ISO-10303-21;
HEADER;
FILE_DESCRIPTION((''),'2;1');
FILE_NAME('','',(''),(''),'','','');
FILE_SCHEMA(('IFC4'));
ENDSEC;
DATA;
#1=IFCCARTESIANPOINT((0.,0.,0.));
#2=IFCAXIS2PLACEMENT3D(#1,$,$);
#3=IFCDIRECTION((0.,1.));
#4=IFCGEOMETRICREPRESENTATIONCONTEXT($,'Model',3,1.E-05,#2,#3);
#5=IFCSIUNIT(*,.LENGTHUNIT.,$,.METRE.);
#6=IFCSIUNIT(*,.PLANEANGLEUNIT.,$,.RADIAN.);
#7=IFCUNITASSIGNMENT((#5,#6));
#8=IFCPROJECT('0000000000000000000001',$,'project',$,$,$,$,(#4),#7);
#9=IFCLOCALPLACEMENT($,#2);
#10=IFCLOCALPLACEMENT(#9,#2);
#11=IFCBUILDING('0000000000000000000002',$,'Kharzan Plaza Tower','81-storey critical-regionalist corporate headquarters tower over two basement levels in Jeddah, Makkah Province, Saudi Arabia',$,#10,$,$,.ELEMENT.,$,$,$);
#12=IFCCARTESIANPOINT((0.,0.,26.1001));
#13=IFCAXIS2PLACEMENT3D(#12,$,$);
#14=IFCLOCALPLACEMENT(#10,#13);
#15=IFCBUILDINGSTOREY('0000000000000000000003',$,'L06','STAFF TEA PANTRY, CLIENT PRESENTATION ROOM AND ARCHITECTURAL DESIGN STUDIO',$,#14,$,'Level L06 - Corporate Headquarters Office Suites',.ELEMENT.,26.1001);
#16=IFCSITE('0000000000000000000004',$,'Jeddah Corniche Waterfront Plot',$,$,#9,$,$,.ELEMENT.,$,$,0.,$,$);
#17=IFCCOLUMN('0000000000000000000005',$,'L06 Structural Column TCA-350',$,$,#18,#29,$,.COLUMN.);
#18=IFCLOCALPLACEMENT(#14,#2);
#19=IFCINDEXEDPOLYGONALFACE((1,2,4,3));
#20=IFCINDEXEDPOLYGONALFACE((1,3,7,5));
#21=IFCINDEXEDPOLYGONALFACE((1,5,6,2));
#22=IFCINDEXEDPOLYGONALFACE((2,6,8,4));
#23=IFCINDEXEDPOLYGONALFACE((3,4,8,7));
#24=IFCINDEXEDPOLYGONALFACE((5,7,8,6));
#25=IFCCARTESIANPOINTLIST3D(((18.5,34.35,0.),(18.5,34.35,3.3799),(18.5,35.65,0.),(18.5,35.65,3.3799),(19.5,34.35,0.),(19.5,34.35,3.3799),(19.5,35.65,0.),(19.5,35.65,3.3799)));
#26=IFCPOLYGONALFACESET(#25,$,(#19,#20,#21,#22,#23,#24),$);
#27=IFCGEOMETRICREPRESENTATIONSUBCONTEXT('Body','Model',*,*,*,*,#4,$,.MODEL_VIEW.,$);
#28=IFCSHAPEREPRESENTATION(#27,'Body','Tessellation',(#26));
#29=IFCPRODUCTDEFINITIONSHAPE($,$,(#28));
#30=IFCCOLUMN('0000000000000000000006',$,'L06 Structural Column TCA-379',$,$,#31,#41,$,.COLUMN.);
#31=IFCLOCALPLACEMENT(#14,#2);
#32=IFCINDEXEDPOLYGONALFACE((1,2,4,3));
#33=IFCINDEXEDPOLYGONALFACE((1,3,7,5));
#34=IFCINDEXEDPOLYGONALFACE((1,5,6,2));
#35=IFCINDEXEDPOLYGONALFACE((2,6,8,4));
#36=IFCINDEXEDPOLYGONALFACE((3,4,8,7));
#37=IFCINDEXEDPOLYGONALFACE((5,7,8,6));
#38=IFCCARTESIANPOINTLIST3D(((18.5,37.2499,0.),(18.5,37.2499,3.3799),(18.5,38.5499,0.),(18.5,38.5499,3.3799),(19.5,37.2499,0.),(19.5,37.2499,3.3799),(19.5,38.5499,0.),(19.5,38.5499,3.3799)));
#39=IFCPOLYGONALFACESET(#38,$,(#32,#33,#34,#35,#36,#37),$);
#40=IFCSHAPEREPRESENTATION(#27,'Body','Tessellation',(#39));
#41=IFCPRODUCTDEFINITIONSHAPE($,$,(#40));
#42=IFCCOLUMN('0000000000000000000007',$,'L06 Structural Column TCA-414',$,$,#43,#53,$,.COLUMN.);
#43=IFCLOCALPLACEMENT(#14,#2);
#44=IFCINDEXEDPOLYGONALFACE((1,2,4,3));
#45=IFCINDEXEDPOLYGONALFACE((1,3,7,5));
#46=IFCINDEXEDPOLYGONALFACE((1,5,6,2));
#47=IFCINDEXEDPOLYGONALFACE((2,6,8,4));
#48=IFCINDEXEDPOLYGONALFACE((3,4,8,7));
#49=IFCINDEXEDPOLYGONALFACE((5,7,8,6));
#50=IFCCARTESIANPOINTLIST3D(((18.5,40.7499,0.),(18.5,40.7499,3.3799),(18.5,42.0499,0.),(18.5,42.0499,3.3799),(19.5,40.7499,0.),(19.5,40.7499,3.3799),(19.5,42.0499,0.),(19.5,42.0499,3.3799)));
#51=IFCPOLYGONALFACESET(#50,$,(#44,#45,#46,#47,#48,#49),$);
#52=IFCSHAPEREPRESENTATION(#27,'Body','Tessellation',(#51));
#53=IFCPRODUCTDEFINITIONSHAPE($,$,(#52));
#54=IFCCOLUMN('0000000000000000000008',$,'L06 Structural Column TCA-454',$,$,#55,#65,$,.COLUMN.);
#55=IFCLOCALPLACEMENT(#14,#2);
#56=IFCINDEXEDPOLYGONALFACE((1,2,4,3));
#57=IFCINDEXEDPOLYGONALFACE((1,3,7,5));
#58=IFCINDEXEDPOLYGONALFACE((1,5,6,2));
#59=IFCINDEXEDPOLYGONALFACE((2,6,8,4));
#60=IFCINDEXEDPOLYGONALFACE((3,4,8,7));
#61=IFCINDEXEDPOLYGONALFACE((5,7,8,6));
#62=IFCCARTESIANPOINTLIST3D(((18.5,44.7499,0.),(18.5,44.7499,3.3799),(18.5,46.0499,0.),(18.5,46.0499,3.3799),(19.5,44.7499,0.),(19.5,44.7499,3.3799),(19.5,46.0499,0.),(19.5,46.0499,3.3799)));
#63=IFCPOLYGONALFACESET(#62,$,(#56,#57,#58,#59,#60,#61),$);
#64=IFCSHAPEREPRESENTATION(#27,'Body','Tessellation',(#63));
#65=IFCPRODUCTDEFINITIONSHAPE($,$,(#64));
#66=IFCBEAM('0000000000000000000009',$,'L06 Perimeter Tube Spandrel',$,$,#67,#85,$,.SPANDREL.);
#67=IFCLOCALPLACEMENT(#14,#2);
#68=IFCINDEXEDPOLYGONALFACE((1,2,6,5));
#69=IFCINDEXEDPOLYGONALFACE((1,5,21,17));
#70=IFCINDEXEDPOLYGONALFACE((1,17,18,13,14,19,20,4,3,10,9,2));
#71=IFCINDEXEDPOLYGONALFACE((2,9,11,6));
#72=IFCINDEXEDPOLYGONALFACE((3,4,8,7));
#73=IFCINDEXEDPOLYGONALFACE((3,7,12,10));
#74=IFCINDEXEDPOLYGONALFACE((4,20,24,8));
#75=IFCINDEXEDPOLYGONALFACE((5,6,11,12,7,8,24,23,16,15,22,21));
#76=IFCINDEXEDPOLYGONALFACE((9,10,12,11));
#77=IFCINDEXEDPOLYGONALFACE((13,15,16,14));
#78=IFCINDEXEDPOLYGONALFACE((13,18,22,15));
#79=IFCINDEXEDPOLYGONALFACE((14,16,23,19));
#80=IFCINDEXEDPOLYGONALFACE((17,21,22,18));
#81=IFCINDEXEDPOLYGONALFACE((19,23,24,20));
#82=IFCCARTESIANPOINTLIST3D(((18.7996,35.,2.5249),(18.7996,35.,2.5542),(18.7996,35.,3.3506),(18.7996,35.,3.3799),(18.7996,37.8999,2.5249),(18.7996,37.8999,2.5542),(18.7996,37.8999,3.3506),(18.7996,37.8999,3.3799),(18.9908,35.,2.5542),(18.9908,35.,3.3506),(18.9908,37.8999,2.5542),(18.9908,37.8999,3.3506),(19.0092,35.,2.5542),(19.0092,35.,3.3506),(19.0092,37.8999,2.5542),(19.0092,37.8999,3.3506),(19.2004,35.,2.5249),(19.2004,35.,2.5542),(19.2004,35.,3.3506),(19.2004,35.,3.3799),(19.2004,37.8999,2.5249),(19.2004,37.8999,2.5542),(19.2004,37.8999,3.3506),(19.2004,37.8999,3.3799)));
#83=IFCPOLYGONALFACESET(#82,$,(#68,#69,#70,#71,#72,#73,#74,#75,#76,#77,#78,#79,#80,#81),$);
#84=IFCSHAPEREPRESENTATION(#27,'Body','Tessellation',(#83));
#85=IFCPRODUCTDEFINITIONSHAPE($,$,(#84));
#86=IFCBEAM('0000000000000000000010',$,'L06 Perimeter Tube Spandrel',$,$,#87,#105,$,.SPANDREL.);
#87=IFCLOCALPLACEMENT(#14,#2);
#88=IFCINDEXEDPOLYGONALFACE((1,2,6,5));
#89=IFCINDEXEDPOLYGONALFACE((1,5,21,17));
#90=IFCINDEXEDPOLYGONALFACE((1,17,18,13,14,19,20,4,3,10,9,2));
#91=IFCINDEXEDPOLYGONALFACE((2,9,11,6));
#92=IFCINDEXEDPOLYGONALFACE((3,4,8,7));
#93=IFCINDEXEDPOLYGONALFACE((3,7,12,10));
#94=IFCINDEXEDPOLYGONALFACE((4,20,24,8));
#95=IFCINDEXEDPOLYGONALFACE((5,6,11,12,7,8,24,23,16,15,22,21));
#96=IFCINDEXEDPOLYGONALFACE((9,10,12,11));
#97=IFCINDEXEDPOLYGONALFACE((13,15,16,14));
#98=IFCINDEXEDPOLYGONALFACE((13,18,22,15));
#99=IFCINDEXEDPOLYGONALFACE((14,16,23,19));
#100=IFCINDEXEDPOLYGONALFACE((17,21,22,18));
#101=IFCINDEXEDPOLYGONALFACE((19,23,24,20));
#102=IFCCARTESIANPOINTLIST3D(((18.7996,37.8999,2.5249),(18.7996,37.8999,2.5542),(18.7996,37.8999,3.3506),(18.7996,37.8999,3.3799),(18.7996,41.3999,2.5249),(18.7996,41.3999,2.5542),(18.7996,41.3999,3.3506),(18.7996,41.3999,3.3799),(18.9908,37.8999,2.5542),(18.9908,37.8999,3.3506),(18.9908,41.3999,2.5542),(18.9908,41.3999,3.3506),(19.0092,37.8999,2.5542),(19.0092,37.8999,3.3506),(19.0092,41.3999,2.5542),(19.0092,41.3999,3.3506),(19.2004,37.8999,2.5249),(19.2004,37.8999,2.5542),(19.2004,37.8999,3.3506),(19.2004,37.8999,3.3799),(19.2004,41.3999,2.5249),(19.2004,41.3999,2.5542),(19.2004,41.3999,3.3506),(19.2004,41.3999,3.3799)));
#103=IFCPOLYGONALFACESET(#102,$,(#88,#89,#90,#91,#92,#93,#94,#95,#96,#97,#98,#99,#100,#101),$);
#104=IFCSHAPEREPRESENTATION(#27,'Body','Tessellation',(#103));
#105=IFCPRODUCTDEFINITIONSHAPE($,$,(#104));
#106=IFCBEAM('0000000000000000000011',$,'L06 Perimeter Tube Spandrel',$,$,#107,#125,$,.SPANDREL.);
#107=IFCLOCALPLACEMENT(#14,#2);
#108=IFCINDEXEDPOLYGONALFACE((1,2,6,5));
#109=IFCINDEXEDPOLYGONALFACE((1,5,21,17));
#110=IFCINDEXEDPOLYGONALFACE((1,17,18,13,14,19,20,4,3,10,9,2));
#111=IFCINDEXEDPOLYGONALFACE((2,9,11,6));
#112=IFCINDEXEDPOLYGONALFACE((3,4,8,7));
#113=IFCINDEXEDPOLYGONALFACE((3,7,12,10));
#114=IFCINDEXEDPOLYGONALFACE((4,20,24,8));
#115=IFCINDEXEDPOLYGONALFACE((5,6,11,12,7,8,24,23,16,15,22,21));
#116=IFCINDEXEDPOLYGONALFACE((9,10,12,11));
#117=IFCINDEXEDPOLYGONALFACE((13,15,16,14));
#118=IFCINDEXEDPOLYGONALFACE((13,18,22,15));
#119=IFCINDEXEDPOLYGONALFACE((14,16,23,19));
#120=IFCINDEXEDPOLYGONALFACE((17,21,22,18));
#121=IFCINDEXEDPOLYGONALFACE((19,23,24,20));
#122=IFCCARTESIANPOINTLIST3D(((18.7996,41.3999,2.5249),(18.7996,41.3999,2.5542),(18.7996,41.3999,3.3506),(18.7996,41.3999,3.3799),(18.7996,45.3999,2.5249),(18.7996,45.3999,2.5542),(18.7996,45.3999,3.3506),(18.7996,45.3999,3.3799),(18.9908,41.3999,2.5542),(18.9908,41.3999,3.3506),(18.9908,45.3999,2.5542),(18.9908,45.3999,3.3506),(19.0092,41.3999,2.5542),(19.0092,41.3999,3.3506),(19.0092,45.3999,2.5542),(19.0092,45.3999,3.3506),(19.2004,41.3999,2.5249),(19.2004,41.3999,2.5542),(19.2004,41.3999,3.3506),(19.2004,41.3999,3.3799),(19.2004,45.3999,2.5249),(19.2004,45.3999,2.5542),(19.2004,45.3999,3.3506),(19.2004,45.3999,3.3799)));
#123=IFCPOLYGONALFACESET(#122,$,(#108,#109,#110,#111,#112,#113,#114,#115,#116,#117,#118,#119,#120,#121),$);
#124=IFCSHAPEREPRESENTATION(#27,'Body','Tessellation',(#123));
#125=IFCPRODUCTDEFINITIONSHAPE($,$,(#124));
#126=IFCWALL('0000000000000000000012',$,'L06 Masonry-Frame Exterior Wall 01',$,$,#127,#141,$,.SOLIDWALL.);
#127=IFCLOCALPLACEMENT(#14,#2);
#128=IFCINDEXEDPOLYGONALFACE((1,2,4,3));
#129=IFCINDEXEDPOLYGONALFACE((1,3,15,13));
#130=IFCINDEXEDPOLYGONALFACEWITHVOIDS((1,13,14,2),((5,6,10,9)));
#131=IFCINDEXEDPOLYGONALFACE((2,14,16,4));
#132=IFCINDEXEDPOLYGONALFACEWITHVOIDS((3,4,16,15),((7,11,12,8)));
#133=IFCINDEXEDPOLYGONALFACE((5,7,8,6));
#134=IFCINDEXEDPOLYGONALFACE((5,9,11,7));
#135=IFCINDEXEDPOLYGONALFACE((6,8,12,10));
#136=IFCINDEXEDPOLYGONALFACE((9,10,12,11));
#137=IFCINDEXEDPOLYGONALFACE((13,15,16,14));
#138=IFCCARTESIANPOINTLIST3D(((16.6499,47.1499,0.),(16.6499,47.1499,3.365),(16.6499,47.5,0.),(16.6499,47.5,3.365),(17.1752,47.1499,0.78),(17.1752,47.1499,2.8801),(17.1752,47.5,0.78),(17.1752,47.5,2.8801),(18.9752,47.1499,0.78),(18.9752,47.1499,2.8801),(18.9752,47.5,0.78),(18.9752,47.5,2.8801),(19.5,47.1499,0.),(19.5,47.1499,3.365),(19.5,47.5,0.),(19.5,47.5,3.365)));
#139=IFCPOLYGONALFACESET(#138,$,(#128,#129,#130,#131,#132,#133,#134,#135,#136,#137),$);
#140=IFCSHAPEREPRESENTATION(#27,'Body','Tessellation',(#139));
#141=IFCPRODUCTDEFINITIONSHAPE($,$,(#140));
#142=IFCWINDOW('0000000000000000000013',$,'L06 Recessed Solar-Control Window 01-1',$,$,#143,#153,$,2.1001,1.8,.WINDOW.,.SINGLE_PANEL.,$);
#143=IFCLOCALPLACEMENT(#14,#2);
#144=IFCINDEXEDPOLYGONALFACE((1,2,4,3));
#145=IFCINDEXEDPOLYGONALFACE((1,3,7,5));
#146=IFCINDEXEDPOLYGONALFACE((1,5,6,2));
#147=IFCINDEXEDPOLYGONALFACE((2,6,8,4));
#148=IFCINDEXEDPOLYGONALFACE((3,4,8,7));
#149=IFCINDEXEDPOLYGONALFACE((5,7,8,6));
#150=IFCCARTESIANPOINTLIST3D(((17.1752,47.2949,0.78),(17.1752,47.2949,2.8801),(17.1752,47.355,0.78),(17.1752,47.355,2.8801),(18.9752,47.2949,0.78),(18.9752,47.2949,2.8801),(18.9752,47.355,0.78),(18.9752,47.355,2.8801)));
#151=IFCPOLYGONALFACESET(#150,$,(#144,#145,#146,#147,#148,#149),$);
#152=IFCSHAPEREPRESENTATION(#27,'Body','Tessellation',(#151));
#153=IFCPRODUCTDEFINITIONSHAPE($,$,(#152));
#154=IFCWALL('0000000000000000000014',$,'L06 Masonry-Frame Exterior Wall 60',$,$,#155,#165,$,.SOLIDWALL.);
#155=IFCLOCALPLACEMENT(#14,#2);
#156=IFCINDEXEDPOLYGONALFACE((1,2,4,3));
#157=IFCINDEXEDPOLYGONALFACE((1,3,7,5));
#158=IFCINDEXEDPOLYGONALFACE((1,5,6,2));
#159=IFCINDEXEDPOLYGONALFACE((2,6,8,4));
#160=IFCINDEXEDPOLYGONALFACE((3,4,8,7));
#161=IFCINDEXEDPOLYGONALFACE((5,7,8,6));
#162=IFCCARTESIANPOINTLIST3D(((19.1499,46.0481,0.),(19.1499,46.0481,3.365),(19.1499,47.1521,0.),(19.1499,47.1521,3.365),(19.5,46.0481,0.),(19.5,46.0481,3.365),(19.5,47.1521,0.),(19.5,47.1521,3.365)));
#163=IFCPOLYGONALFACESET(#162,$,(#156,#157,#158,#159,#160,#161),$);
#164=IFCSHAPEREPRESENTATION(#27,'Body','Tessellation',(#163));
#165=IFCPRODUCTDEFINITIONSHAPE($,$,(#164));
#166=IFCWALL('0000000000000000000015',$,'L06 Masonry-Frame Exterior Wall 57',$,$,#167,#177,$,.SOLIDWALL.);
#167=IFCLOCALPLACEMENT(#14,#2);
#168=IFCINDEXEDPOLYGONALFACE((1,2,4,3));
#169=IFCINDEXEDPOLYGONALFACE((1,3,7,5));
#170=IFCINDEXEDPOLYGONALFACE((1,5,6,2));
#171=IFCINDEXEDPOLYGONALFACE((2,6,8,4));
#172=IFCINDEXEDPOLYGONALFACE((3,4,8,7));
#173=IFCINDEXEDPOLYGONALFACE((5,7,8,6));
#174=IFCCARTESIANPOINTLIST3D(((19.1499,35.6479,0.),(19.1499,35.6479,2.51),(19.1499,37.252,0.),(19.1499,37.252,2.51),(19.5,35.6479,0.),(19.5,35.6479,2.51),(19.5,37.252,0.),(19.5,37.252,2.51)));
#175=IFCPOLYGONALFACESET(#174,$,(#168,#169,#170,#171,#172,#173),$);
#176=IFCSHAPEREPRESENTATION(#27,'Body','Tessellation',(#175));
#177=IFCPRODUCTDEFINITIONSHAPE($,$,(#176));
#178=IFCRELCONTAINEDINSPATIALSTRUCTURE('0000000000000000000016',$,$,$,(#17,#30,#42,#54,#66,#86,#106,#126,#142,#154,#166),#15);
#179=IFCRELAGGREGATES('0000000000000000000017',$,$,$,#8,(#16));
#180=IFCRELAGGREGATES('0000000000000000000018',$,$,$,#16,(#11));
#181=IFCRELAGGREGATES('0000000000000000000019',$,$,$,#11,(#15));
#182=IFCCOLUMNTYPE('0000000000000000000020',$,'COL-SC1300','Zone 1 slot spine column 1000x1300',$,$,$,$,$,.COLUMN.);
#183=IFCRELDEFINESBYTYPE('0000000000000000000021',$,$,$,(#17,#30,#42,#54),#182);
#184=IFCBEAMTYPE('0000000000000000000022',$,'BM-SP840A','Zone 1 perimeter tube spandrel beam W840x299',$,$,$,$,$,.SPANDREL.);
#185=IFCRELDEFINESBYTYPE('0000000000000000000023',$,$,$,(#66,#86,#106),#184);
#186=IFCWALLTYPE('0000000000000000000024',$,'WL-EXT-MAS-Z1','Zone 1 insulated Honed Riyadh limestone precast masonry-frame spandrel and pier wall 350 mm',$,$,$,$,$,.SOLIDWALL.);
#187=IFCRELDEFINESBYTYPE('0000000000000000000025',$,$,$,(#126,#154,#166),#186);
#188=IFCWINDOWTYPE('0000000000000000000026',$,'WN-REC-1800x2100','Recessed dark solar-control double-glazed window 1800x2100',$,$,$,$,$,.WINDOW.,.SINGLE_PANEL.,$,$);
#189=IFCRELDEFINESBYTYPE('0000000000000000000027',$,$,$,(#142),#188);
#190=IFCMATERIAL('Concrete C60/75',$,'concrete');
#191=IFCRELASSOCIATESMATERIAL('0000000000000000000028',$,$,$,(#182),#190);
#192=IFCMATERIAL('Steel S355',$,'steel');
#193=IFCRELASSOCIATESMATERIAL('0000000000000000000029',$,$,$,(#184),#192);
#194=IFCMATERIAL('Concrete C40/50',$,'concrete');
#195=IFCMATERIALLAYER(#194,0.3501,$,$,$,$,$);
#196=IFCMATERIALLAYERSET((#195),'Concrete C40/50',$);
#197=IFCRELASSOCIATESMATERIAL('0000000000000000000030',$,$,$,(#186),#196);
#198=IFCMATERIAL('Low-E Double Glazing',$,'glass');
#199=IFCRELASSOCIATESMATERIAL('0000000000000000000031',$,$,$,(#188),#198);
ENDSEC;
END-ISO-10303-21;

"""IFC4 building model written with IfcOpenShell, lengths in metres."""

from ifc_helpers import new_model, si_unit, direction, frame, frame_2d, origin, origin_2d, place, context, subcontext, project, spatial, rectangle, i_section, extrude, source, transform, mapped, material, layer, layer_set, material_profile, profile_set, type_object, element, fill, save


model = new_model("IFC4")

# Units and contexts
model_context = context("Model", 3, precision=1e-05, world=origin(), true_north=direction((0.0, 1.0)))
body_context = subcontext(model_context, "Body", "Model", "MODEL_VIEW")
ifc_project = project(units=[si_unit("LENGTHUNIT", "METRE"), si_unit("PLANEANGLEUNIT", "RADIAN")], contexts=[model_context])

# Site, building, storey
site_placement = place(None, origin())
site = spatial("IfcSite", under=ifc_project, at=site_placement, Name="Jeddah Corniche Waterfront Plot", CompositionType="ELEMENT", RefElevation=0.0)
building_placement = place(site_placement, origin())
building = spatial("IfcBuilding", under=site, at=building_placement, Name="Kharzan Plaza Tower", Description="81-storey critical-regionalist corporate headquarters tower over two basement levels in Jeddah, Makkah Province, Saudi Arabia", CompositionType="ELEMENT")
storey_placement = place(building_placement, frame((0.0, 0.0, 26.1001)))
storey = spatial("IfcBuildingStorey", under=building, at=storey_placement, Name="L06", Description="STAFF TEA PANTRY, CLIENT PRESENTATION ROOM AND ARCHITECTURAL DESIGN STUDIO", LongName="Level L06 - Corporate Headquarters Office Suites", CompositionType="ELEMENT", Elevation=26.1001)

# Columns
ifc_material_1 = material(Name="Concrete C60/75", Category="concrete")
ifc_material_profile_1 = material_profile(ifc_material_1, rectangle(XDim=1.0, YDim=1.3, at=origin_2d()), Name="RC-SC1300x1000")
ifc_profile_set_1 = profile_set([ifc_material_profile_1], Name="Concrete C60/75")
column_type = type_object("IfcColumnType", Name="COL-SC1300", Description="Zone 1 slot spine column 1000x1300", PredefinedType="COLUMN", material=ifc_profile_set_1)
shared_shape_1 = source(origin(), body_context, "Body", "SweptSolid", [
    extrude(rectangle(XDim=1.0, YDim=1.3, at=origin_2d()), origin(), (0.0, 0.0, 1.0), 3.3799),
])
for number, where, z_axis, x_axis, name in (
    (1, (19.0, 35.0, 0.0), (0.0, 0.0, 1.0), (1.0, 0.0, 0.0), "L06 Structural Column TCA-350"),
    (2, (19.0, 37.8999, 0.0), (0.0, 0.0, 1.0), (1.0, 0.0, 0.0), "L06 Structural Column TCA-379"),
    (3, (19.0, 41.3999, 0.0), (0.0, 0.0, 1.0), (1.0, 0.0, 0.0), "L06 Structural Column TCA-414"),
    (4, (19.0, 45.3999, 0.0), (0.0, 0.0, 1.0), (1.0, 0.0, 0.0), "L06 Structural Column TCA-454"),
):
    element("IfcColumn", number, at=place(storey_placement, frame(where, z_axis=z_axis, x_axis=x_axis)), inside=storey, type_object=column_type, Name=name, PredefinedType="COLUMN", context=body_context, shape_type="MappedRepresentation", body=[
        mapped(shared_shape_1, transform((0.0, 0.0, 0.0), x_axis=(1.0, 0.0, 0.0), y_axis=(0.0, 1.0, 0.0), z_axis=(0.0, 0.0, 1.0))),
    ])

# Beams
ifc_material_2 = material(Name="Steel S355", Category="steel")
ifc_material_profile_2 = material_profile(ifc_material_2, i_section(OverallWidth=0.4009, OverallDepth=0.855, WebThickness=0.0183, FlangeThickness=0.0293, at=origin_2d()), Name="W840x299")
ifc_profile_set_2 = profile_set([ifc_material_profile_2], Name="Steel S355")
beam_type = type_object("IfcBeamType", Name="BM-SP840A", Description="Zone 1 perimeter tube spandrel beam W840x299", PredefinedType="SPANDREL", material=ifc_profile_set_2)
shared_shape_2 = source(origin(), body_context, "Body", "SweptSolid", [
    extrude(i_section(OverallWidth=0.4009, OverallDepth=0.855, WebThickness=0.0183, FlangeThickness=0.0293, at=origin_2d()), origin(), (0.0, 0.0, 1.0), 2.8999),
])
beam_1_placement = place(storey_placement, frame((19.0, 35.0, 2.9524), z_axis=(0.0, 1.0, 0.0), x_axis=(-1.0, 0.0, 0.0)))
element("IfcBeam", 5, at=beam_1_placement, inside=storey, type_object=beam_type, Name="L06 Perimeter Tube Spandrel", PredefinedType="SPANDREL", context=body_context, shape_type="MappedRepresentation", body=[
    mapped(shared_shape_2, transform((0.0, 0.0, 0.0), x_axis=(1.0, 0.0, 0.0), y_axis=(0.0, 1.0, 0.0), z_axis=(0.0, 0.0, 1.0))),
])
shared_shape_3 = source(origin(), body_context, "Body", "SweptSolid", [
    extrude(i_section(OverallWidth=0.4009, OverallDepth=0.855, WebThickness=0.0183, FlangeThickness=0.0293, at=origin_2d()), origin(), (0.0, 0.0, 1.0), 3.5),
])
beam_2_placement = place(storey_placement, frame((19.0, 37.8999, 2.9524), z_axis=(0.0, 1.0, 0.0), x_axis=(-1.0, 0.0, 0.0)))
element("IfcBeam", 6, at=beam_2_placement, inside=storey, type_object=beam_type, Name="L06 Perimeter Tube Spandrel", PredefinedType="SPANDREL", context=body_context, shape_type="MappedRepresentation", body=[
    mapped(shared_shape_3, transform((0.0, 0.0, 0.0), x_axis=(1.0, 0.0, 0.0), y_axis=(0.0, 1.0, 0.0), z_axis=(0.0, 0.0, 1.0))),
])
shared_shape_4 = source(origin(), body_context, "Body", "SweptSolid", [
    extrude(i_section(OverallWidth=0.4009, OverallDepth=0.855, WebThickness=0.0183, FlangeThickness=0.0293, at=origin_2d()), origin(), (0.0, 0.0, 1.0), 4.0),
])
beam_3_placement = place(storey_placement, frame((19.0, 41.3999, 2.9524), z_axis=(0.0, 1.0, 0.0), x_axis=(-1.0, 0.0, 0.0)))
element("IfcBeam", 7, at=beam_3_placement, inside=storey, type_object=beam_type, Name="L06 Perimeter Tube Spandrel", PredefinedType="SPANDREL", context=body_context, shape_type="MappedRepresentation", body=[
    mapped(shared_shape_4, transform((0.0, 0.0, 0.0), x_axis=(1.0, 0.0, 0.0), y_axis=(0.0, 1.0, 0.0), z_axis=(0.0, 0.0, 1.0))),
])

# Wall, opening, window
ifc_material_3 = material(Name="Concrete C40/50", Category="concrete")
ifc_layer_1 = layer(ifc_material_3, 0.3501)
ifc_layer_set_1 = layer_set([ifc_layer_1], Name="Concrete C40/50")
wall_type = type_object("IfcWallType", Name="WL-EXT-MAS-Z1", Description="Zone 1 insulated Honed Riyadh limestone precast masonry-frame spandrel and pier wall 350 mm", PredefinedType="SOLIDWALL", material=ifc_layer_set_1)
wall_1_placement = place(storey_placement, frame((19.5, 47.325, 0.0), z_axis=(0.0, 0.0, 1.0), x_axis=(-1.0, 0.0, 0.0)))
wall_1 = element("IfcWall", 8, at=wall_1_placement, inside=storey, type_object=wall_type, Name="L06 Masonry-Frame Exterior Wall 01", PredefinedType="SOLIDWALL", context=body_context, shape_type="SweptSolid", body=[
    extrude(rectangle(XDim=2.8501, YDim=0.3501, at=frame_2d((1.425, 0.0))), origin(), (0.0, 0.0, 1.0), 3.365),
])
opening_1_placement = place(wall_1_placement, frame((0.5249, 0.0, 0.78)))
opening_1 = element("IfcOpeningElement", 9, at=opening_1_placement, cuts=wall_1, PredefinedType="OPENING", context=body_context, shape_type="SweptSolid", body=[
    extrude(rectangle(XDim=1.8, YDim=2.1001, at=frame_2d((0.8999, 1.05))), frame((0.0, 0.1851, 0.0), z_axis=(0.0, -1.0, 0.0), x_axis=(1.0, 0.0, 0.0)), (0.0, 0.0, 1.0), 0.3701),
])
ifc_material_4 = material(Name="Low-E Double Glazing", Category="glass")
window_type = type_object("IfcWindowType", Name="WN-REC-1800x2100", Description="Recessed dark solar-control double-glazed window 1800x2100", PartitioningType="SINGLE_PANEL", PredefinedType="WINDOW", material=ifc_material_4)
shared_shape_5 = source(origin(), body_context, "Body", "SweptSolid", [
    extrude(rectangle(XDim=1.8, YDim=2.1001, at=frame_2d((0.8999, 1.05))), frame((0.0, 0.03, 0.0), z_axis=(0.0, -1.0, 0.0), x_axis=(1.0, 0.0, 0.0)), (0.0, 0.0, 1.0), 0.0601),
])
window_placement = place(opening_1_placement, origin())
window = element("IfcWindow", 10, at=window_placement, inside=storey, type_object=window_type, Name="L06 Recessed Solar-Control Window 01-1", OverallHeight=2.1001, OverallWidth=1.8, PartitioningType="SINGLE_PANEL", PredefinedType="WINDOW", context=body_context, shape_type="MappedRepresentation", body=[
    mapped(shared_shape_5, transform((0.0, 0.0, 0.0), x_axis=(1.0, 0.0, 0.0), y_axis=(0.0, 1.0, 0.0), z_axis=(0.0, 0.0, 1.0))),
])
fill(opening_1, window)

# Walls
shared_shape_6 = source(origin(), body_context, "Body", "SweptSolid", [
    extrude(rectangle(XDim=1.104, YDim=0.3501, at=frame_2d((0.552, 0.0))), origin(), (0.0, 0.0, 1.0), 3.365),
])
wall_2_placement = place(storey_placement, frame((19.325, 46.0481, 0.0), z_axis=(0.0, 0.0, 1.0), x_axis=(0.0, 1.0, 0.0)))
element("IfcWall", 11, at=wall_2_placement, inside=storey, type_object=wall_type, Name="L06 Masonry-Frame Exterior Wall 60", PredefinedType="SOLIDWALL", context=body_context, shape_type="MappedRepresentation", body=[
    mapped(shared_shape_6, transform((0.0, 0.0, 0.0), x_axis=(1.0, 0.0, 0.0), y_axis=(0.0, 1.0, 0.0), z_axis=(0.0, 0.0, 1.0))),
])
shared_shape_7 = source(origin(), body_context, "Body", "SweptSolid", [
    extrude(rectangle(XDim=1.604, YDim=0.3501, at=frame_2d((0.802, 0.0))), origin(), (0.0, 0.0, 1.0), 2.51),
])
wall_3_placement = place(storey_placement, frame((19.325, 35.6479, 0.0), z_axis=(0.0, 0.0, 1.0), x_axis=(0.0, 1.0, 0.0)))
element("IfcWall", 12, at=wall_3_placement, inside=storey, type_object=wall_type, Name="L06 Masonry-Frame Exterior Wall 57", PredefinedType="SOLIDWALL", context=body_context, shape_type="MappedRepresentation", body=[
    mapped(shared_shape_7, transform((0.0, 0.0, 0.0), x_axis=(1.0, 0.0, 0.0), y_axis=(0.0, 1.0, 0.0), z_axis=(0.0, 0.0, 1.0))),
])

save(model, "model.ifc")
